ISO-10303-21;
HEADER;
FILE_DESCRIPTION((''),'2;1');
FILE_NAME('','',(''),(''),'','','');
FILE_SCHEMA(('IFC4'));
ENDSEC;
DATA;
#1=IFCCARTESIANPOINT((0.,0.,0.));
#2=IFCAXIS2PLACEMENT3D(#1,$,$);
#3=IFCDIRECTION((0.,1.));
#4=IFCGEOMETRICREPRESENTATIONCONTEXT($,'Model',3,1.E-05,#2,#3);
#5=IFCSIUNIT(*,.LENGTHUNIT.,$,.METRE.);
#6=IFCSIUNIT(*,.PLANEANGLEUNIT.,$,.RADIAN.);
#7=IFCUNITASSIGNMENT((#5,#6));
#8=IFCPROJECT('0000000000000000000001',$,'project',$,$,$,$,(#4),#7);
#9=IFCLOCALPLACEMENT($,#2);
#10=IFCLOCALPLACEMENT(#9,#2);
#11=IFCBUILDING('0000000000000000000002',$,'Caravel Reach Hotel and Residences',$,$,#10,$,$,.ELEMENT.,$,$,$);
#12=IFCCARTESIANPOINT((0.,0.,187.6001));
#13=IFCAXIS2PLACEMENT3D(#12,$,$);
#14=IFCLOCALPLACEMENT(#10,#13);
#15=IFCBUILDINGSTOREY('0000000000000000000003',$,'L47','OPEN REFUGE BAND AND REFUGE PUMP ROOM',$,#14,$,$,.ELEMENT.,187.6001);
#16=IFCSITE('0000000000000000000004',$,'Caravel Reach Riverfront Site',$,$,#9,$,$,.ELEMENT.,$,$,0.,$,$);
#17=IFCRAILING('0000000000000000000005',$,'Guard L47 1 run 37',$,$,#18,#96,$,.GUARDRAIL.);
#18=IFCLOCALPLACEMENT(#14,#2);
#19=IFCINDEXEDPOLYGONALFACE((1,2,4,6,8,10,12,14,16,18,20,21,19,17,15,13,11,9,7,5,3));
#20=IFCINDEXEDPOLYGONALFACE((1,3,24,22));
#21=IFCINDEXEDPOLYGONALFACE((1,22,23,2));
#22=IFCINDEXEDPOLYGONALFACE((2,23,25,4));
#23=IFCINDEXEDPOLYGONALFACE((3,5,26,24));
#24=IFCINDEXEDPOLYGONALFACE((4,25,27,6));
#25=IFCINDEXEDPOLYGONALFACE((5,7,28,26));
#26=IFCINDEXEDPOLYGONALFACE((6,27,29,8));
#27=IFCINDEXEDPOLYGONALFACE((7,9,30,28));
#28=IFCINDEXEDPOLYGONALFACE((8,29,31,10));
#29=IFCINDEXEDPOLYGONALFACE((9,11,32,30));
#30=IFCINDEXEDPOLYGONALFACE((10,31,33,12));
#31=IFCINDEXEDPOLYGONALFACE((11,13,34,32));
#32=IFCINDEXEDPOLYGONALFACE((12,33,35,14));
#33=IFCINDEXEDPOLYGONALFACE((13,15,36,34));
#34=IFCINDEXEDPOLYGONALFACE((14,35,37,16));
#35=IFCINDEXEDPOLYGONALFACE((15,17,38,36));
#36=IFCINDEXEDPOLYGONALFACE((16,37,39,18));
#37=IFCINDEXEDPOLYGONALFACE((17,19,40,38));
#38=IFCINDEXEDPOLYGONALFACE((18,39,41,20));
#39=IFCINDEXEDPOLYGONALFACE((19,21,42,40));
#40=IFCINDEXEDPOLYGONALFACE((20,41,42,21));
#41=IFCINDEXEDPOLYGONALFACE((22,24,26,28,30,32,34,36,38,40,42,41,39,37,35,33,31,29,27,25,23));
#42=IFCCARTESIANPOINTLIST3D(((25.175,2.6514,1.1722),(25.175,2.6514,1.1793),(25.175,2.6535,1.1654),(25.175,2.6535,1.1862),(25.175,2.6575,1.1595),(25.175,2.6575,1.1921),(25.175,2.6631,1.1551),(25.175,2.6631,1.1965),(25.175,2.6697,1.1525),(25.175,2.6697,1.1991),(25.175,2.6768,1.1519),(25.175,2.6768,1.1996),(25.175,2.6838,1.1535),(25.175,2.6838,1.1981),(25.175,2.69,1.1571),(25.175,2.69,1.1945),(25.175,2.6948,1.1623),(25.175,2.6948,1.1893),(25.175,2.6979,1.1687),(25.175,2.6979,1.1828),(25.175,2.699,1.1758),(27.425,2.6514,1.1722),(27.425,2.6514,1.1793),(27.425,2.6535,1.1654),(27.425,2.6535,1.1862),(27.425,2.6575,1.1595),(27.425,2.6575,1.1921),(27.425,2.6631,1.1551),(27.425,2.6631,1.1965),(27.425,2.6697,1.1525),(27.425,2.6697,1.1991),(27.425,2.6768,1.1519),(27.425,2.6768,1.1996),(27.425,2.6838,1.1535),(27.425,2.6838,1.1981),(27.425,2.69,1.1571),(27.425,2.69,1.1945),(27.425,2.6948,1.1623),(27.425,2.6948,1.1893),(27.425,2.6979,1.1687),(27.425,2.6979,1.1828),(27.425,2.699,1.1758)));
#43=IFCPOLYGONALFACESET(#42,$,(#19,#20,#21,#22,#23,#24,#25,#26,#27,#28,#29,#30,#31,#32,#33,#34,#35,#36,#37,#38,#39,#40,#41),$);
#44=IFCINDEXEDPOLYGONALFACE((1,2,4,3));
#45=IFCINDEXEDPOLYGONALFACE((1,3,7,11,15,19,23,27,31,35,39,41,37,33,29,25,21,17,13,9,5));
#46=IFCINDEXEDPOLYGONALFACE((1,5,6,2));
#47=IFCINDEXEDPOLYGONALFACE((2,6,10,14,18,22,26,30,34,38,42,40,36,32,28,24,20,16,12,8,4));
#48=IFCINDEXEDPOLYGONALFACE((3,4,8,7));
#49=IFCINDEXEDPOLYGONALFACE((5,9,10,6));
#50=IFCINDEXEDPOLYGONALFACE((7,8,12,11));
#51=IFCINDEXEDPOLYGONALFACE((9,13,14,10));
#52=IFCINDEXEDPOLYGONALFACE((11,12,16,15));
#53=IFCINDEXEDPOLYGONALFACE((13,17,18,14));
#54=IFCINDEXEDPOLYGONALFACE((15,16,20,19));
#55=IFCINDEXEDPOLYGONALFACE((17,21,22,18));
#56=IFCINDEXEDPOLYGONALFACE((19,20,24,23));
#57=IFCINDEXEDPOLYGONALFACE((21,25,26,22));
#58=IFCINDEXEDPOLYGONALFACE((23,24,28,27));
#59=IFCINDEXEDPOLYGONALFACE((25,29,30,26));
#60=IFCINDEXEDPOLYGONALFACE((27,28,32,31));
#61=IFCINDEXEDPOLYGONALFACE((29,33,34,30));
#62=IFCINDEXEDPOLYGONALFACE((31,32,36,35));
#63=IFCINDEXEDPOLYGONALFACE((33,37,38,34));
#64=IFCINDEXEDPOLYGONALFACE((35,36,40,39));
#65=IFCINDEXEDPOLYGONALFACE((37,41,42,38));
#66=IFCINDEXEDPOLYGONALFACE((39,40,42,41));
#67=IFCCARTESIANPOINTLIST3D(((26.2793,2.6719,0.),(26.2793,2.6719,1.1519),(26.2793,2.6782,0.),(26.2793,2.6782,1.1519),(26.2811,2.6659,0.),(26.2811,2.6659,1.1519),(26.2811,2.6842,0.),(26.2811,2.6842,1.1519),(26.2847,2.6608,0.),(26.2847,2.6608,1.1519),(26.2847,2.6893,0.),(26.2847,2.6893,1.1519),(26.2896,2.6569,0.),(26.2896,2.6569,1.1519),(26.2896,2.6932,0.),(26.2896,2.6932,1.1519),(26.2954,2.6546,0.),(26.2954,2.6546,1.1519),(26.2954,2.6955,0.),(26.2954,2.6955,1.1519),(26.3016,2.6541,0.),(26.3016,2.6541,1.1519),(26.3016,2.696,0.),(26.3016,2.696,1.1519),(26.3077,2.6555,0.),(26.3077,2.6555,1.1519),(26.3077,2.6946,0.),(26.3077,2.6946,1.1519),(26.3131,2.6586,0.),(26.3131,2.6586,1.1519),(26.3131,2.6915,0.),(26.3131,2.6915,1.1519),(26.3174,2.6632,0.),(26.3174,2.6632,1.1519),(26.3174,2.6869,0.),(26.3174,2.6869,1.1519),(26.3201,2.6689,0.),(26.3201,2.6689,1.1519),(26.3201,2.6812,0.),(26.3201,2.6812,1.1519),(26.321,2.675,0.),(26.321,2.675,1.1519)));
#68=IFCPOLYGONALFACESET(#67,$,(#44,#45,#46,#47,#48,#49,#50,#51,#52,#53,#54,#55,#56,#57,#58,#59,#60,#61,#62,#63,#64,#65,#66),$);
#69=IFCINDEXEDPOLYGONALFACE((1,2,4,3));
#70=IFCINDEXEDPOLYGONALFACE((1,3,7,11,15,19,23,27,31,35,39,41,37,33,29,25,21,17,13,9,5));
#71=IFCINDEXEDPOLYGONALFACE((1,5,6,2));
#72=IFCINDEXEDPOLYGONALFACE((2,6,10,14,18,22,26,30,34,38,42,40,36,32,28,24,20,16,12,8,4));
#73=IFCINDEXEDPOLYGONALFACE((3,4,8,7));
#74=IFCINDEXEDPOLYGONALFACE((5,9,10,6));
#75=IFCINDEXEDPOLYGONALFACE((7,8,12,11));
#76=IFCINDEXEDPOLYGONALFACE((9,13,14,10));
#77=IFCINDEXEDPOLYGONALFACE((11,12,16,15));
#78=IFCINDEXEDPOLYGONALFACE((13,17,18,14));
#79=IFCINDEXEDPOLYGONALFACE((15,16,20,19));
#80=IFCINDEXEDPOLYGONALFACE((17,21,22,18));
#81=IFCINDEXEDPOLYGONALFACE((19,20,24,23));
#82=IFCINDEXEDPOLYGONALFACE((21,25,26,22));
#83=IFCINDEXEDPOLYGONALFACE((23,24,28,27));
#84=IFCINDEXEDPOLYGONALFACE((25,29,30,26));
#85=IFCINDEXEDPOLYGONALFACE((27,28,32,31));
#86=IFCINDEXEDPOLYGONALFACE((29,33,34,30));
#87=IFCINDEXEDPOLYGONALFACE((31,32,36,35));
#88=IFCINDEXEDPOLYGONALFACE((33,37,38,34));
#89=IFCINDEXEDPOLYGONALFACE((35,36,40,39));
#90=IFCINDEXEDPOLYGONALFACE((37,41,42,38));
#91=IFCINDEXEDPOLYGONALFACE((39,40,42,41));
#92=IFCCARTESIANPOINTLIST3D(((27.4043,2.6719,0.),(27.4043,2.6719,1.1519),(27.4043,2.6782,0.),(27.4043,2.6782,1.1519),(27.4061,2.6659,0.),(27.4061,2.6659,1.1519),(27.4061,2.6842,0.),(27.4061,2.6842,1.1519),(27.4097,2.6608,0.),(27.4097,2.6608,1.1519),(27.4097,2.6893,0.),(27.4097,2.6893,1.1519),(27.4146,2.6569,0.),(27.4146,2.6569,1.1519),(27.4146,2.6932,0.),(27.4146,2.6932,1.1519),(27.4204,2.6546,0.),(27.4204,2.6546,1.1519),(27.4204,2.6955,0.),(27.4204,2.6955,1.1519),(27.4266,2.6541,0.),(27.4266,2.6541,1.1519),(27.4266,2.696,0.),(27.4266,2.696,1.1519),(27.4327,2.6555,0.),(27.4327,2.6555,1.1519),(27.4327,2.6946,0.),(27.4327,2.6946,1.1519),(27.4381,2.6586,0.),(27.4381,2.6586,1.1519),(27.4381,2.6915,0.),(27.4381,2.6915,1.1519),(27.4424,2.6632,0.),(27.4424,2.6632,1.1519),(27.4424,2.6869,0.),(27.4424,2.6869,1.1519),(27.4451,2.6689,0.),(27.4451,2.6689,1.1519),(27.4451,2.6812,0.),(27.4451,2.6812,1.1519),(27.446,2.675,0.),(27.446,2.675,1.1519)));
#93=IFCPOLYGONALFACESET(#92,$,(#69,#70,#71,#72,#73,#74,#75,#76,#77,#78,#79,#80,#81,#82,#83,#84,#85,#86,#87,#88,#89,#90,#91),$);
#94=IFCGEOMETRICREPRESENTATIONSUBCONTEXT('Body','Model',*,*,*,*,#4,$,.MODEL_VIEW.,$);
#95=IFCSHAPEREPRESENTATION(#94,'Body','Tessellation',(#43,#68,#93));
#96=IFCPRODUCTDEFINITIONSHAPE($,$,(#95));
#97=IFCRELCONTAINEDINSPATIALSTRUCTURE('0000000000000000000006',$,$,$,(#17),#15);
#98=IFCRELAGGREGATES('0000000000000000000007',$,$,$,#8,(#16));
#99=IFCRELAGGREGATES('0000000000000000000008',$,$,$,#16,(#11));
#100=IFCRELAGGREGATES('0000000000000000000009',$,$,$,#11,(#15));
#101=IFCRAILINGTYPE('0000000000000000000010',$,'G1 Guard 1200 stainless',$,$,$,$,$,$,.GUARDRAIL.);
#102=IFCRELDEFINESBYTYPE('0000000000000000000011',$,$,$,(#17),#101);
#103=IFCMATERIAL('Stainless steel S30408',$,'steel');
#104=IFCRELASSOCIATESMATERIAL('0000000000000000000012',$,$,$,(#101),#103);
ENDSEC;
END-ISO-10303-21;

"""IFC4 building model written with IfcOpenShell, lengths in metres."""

from ifc_helpers import new_model, si_unit, direction, frame, origin, origin_2d, place, context, subcontext, project, spatial, circle, extrude, material, type_object, element, save


model = new_model("IFC4")

# Units and contexts
model_context = context("Model", 3, precision=1e-05, world=origin(), true_north=direction((0.0, 1.0)))
body_context = subcontext(model_context, "Body", "Model", "MODEL_VIEW")
ifc_project = project(units=[si_unit("LENGTHUNIT", "METRE"), si_unit("PLANEANGLEUNIT", "RADIAN")], contexts=[model_context])

# Site, building, storey
site_placement = place(None, origin())
site = spatial("IfcSite", under=ifc_project, at=site_placement, Name="Caravel Reach Riverfront Site", CompositionType="ELEMENT", RefElevation=0.0)
building_placement = place(site_placement, origin())
building = spatial("IfcBuilding", under=site, at=building_placement, Name="Caravel Reach Hotel and Residences", CompositionType="ELEMENT")
storey_placement = place(building_placement, frame((0.0, 0.0, 187.6001)))
storey = spatial("IfcBuildingStorey", under=building, at=storey_placement, Name="L47", Description="OPEN REFUGE BAND AND REFUGE PUMP ROOM", CompositionType="ELEMENT", Elevation=187.6001)

# Railing
ifc_material_1 = material(Name="Stainless steel S30408", Category="steel")
railing_type = type_object("IfcRailingType", Name="G1 Guard 1200 stainless", PredefinedType="GUARDRAIL", material=ifc_material_1)
railing_1_placement = place(storey_placement, frame((25.175, 2.675, 0.0)))
element("IfcRailing", 1, at=railing_1_placement, inside=storey, type_object=railing_type, Name="Guard L47 1 run 37", PredefinedType="GUARDRAIL", context=body_context, shape_type="SweptSolid", body=[
    extrude(circle(Radius=0.0239, at=origin_2d()), frame((0.0, 0.0, 1.1758), z_axis=(1.0, 0.0, 0.0), x_axis=(0.0, 1.0, 0.0)), (0.0, 0.0, 1.0), 2.25),
    extrude(circle(Radius=0.021, at=origin_2d()), frame((1.125, 0.0, 0.0)), (0.0, 0.0, 1.0), 1.1519),
    extrude(circle(Radius=0.021, at=origin_2d()), frame((2.25, 0.0, 0.0)), (0.0, 0.0, 1.0), 1.1519),
])

save(model, "model.ifc")
